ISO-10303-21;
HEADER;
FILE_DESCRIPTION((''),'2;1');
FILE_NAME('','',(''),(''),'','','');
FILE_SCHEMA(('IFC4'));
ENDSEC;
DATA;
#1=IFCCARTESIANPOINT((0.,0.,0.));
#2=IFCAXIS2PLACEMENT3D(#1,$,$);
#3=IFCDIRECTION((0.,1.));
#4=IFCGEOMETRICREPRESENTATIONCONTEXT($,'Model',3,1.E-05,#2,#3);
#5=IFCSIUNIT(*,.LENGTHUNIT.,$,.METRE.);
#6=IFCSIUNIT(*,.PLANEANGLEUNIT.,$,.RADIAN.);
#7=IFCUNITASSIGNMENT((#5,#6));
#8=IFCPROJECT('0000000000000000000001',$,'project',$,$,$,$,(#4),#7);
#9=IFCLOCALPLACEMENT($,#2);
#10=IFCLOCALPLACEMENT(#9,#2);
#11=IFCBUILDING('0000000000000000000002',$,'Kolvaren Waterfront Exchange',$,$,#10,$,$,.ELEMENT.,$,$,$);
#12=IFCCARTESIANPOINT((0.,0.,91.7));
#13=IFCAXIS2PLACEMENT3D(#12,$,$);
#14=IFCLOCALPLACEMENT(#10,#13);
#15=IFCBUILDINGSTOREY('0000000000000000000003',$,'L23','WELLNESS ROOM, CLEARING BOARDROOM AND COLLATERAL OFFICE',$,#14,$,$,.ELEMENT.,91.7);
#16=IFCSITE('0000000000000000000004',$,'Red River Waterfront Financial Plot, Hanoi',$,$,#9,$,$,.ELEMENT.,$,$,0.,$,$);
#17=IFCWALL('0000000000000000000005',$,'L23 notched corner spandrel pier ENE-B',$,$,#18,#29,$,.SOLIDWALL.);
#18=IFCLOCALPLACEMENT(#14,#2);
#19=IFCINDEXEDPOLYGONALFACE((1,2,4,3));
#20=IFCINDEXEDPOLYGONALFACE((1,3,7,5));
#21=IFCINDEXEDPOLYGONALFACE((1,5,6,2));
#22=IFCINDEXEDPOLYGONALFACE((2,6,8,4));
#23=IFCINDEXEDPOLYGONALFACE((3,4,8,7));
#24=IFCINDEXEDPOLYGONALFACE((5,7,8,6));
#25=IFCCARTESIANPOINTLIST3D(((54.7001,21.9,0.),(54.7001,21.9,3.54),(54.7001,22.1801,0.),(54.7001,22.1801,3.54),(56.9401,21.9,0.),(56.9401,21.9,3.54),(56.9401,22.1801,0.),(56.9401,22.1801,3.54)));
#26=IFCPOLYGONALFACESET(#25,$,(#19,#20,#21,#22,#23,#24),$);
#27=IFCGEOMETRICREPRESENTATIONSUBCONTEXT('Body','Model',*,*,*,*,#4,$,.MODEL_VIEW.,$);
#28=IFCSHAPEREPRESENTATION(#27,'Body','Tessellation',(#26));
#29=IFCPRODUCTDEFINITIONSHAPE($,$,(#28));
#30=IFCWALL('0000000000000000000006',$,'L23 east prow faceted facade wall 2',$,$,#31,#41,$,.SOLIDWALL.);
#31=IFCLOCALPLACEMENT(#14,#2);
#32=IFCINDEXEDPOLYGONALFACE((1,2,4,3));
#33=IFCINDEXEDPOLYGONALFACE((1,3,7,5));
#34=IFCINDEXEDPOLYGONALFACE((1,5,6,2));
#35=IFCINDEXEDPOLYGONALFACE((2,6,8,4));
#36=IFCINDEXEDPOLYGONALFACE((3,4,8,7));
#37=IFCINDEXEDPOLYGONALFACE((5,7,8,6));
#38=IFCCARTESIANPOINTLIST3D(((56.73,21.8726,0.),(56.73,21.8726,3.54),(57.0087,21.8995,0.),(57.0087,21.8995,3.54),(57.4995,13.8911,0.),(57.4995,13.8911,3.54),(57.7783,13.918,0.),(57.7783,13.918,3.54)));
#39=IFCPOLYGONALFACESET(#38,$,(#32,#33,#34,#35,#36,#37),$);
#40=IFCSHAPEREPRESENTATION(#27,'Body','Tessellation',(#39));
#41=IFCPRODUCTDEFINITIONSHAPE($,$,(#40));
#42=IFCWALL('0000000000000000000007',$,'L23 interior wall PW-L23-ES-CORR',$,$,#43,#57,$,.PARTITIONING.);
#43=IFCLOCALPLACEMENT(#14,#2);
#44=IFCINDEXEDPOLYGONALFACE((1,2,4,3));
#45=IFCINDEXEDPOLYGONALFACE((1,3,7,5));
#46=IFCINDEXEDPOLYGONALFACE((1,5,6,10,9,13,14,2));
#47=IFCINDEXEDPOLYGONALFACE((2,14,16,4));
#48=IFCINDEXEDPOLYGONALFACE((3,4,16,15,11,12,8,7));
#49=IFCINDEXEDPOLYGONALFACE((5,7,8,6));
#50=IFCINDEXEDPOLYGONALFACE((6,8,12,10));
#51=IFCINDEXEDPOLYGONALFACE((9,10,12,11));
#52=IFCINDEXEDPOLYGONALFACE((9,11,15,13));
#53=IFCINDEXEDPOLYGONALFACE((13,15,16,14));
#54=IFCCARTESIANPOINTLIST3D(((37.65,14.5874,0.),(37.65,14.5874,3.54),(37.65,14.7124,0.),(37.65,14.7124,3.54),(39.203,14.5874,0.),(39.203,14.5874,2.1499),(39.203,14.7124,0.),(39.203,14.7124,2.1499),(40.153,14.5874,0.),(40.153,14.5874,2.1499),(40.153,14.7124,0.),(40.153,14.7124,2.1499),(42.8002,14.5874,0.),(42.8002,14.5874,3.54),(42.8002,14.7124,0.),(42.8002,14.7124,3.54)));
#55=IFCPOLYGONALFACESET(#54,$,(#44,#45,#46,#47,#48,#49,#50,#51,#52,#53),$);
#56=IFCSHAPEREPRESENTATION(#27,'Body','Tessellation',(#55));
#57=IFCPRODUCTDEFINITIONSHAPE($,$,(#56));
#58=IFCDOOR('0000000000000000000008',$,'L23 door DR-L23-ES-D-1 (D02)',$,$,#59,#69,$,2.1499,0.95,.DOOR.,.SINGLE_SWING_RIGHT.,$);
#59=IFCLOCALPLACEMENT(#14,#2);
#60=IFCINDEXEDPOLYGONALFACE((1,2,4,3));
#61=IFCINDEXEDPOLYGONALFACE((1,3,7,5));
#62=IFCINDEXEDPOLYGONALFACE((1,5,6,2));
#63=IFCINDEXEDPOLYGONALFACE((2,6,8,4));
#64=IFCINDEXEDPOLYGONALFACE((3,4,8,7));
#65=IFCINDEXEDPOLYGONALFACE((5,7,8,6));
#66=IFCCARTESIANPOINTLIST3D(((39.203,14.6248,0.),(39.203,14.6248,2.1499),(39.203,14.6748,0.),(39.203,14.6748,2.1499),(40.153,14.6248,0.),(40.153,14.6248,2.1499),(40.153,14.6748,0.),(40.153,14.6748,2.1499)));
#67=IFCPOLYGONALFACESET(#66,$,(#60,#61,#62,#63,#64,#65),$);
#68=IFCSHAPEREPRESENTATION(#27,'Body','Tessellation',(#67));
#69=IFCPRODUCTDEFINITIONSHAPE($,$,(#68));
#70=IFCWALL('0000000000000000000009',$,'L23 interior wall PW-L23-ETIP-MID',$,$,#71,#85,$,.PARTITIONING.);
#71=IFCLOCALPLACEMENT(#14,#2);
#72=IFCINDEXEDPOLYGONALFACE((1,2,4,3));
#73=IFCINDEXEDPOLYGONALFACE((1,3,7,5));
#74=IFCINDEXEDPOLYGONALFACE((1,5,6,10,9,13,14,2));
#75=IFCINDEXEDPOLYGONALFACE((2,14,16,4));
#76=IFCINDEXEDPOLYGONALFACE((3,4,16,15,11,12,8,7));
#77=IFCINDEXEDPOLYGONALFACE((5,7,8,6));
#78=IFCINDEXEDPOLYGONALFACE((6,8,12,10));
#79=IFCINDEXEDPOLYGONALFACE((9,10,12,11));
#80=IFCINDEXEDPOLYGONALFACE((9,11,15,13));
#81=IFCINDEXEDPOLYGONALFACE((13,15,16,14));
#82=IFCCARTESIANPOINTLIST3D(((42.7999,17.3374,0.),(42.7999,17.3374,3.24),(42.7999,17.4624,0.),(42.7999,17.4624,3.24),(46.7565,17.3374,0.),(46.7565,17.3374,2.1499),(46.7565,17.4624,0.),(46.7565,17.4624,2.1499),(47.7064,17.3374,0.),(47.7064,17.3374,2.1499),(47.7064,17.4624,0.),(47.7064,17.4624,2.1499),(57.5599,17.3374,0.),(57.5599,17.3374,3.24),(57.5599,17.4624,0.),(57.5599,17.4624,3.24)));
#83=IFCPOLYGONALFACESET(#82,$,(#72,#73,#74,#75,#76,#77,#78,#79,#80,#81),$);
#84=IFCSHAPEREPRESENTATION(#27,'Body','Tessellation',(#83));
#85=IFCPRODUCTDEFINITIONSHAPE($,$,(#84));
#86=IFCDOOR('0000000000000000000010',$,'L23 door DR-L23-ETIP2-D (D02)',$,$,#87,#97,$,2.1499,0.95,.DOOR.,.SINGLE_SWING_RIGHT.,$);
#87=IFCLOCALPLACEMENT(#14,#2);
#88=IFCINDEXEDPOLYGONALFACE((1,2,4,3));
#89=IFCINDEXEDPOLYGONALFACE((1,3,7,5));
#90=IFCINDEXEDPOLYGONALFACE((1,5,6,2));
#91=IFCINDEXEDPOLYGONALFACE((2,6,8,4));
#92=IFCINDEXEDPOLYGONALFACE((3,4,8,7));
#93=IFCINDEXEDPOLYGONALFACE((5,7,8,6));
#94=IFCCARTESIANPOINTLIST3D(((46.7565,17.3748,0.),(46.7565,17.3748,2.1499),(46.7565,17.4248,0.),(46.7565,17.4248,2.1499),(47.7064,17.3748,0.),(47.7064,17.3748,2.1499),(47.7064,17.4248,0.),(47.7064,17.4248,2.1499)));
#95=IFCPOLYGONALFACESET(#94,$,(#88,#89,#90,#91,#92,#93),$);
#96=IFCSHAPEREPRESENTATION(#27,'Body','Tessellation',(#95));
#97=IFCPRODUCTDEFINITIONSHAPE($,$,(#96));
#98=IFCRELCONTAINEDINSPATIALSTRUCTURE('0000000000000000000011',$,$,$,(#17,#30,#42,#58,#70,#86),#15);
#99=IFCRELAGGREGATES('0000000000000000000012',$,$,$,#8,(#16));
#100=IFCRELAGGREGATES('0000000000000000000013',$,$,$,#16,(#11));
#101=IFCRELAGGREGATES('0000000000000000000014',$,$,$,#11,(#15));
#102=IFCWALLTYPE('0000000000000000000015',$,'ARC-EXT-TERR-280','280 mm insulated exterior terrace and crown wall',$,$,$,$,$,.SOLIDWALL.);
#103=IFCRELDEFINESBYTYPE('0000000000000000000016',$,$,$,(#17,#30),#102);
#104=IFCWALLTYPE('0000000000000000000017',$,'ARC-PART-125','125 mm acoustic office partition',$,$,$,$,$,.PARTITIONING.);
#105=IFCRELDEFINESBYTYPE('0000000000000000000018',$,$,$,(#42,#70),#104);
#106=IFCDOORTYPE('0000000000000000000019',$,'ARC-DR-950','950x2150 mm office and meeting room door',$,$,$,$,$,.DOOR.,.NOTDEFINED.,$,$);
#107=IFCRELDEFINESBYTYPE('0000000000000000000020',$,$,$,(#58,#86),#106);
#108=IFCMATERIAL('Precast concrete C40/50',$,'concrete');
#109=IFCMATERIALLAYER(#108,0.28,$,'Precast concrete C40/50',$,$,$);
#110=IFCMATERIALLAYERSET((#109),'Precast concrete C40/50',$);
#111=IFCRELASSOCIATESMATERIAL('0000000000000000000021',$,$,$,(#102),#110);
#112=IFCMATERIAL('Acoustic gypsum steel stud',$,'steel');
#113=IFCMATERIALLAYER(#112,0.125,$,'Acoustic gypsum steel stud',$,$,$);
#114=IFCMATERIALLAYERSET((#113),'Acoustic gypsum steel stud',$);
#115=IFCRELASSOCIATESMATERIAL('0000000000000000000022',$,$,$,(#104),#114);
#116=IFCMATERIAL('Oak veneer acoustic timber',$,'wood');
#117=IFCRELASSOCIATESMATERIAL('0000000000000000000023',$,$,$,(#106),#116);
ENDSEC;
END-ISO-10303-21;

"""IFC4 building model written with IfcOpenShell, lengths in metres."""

from ifc_helpers import new_model, si_unit, direction, frame, frame_2d, origin, place, context, subcontext, project, spatial, rectangle, extrude, material, layer, layer_set, type_object, element, fill, save


model = new_model("IFC4")

# Units and contexts
model_context = context("Model", 3, precision=1e-05, world=origin(), true_north=direction((0.0, 1.0)))
body_context = subcontext(model_context, "Body", "Model", "MODEL_VIEW")
ifc_project = project(units=[si_unit("LENGTHUNIT", "METRE"), si_unit("PLANEANGLEUNIT", "RADIAN")], contexts=[model_context])

# Site, building, storey
site_placement = place(None, origin())
site = spatial("IfcSite", under=ifc_project, at=site_placement, Name="Red River Waterfront Financial Plot, Hanoi", CompositionType="ELEMENT", RefElevation=0.0)
building_placement = place(site_placement, origin())
building = spatial("IfcBuilding", under=site, at=building_placement, Name="Kolvaren Waterfront Exchange", CompositionType="ELEMENT")
storey_placement = place(building_placement, frame((0.0, 0.0, 91.7)))
storey = spatial("IfcBuildingStorey", under=building, at=storey_placement, Name="L23", Description="WELLNESS ROOM, CLEARING BOARDROOM AND COLLATERAL OFFICE", CompositionType="ELEMENT", Elevation=91.7)

# Walls
ifc_material_1 = material(Name="Precast concrete C40/50", Category="concrete")
ifc_layer_1 = layer(ifc_material_1, 0.28, Name="Precast concrete C40/50")
ifc_layer_set_1 = layer_set([ifc_layer_1], Name="Precast concrete C40/50")
wall_type_1 = type_object("IfcWallType", Name="ARC-EXT-TERR-280", Description="280 mm insulated exterior terrace and crown wall", PredefinedType="SOLIDWALL", material=ifc_layer_set_1)
wall_1_placement = place(storey_placement, frame((54.7, 22.04, 0.0), z_axis=(0.0, 0.0, 1.0), x_axis=(1.0, 0.0, 0.0)))
element("IfcWall", 1, at=wall_1_placement, inside=storey, type_object=wall_type_1, Name="L23 notched corner spandrel pier ENE-B", PredefinedType="SOLIDWALL", context=body_context, shape_type="SweptSolid", body=[
    extrude(rectangle(XDim=2.24, YDim=0.28, at=frame_2d((1.1201, 0.0))), origin(), (0.0, 0.0, 1.0), 3.54),
])
wall_2_placement = place(storey_placement, frame((57.6389, 13.9045, 0.0), z_axis=(0.0, 0.0, 1.0), x_axis=(-0.09597, 0.995384, 0.0)))
element("IfcWall", 2, at=wall_2_placement, inside=storey, type_object=wall_type_1, Name="L23 east prow faceted facade wall 2", PredefinedType="SOLIDWALL", context=body_context, shape_type="SweptSolid", body=[
    extrude(rectangle(XDim=8.0186, YDim=0.28, at=frame_2d((4.0093, 0.0))), origin(), (0.0, 0.0, 1.0), 3.54),
])

# Walls, openings, doors
ifc_material_2 = material(Name="Acoustic gypsum steel stud", Category="steel")
ifc_layer_2 = layer(ifc_material_2, 0.125, Name="Acoustic gypsum steel stud")
ifc_layer_set_2 = layer_set([ifc_layer_2], Name="Acoustic gypsum steel stud")
wall_type_2 = type_object("IfcWallType", Name="ARC-PART-125", Description="125 mm acoustic office partition", PredefinedType="PARTITIONING", material=ifc_layer_set_2)
wall_3_placement = place(storey_placement, frame((37.6499, 14.6499, 0.0), z_axis=(0.0, 0.0, 1.0), x_axis=(1.0, 0.0, 0.0)))
wall_3 = element("IfcWall", 3, at=wall_3_placement, inside=storey, type_object=wall_type_2, Name="L23 interior wall PW-L23-ES-CORR", PredefinedType="PARTITIONING", context=body_context, shape_type="SweptSolid", body=[
    extrude(rectangle(XDim=5.1501, YDim=0.125, at=frame_2d((2.5752, 0.0))), origin(), (0.0, 0.0, 1.0), 3.54),
])
opening_1_placement = place(wall_3_placement, frame((1.553, 0.0, 0.0)))
opening_1 = element("IfcOpeningElement", 4, at=opening_1_placement, cuts=wall_3, PredefinedType="OPENING", context=body_context, shape_type="SweptSolid", body=[
    extrude(rectangle(XDim=0.95, YDim=2.1499, at=frame_2d((0.4751, 1.075))), frame((0.0, 0.0725, 0.0), z_axis=(0.0, -1.0, 0.0), x_axis=(1.0, 0.0, 0.0)), (0.0, 0.0, 1.0), 0.145),
])
ifc_material_3 = material(Name="Oak veneer acoustic timber", Category="wood")
door_type = type_object("IfcDoorType", Name="ARC-DR-950", Description="950x2150 mm office and meeting room door", OperationType="NOTDEFINED", PredefinedType="DOOR", material=ifc_material_3)
door_1_placement = place(opening_1_placement, origin())
door_1 = element("IfcDoor", 5, at=door_1_placement, inside=storey, type_object=door_type, Name="L23 door DR-L23-ES-D-1 (D02)", OperationType="SINGLE_SWING_RIGHT", OverallHeight=2.1499, OverallWidth=0.95, PredefinedType="DOOR", context=body_context, shape_type="SweptSolid", body=[
    extrude(rectangle(XDim=0.95, YDim=2.1499, at=frame_2d((0.4751, 1.075))), frame((0.0, 0.0249, 0.0), z_axis=(0.0, -1.0, 0.0), x_axis=(1.0, 0.0, 0.0)), (0.0, 0.0, 1.0), 0.05),
])
fill(opening_1, door_1)
wall_4_placement = place(storey_placement, frame((42.8, 17.3999, 0.0), z_axis=(0.0, 0.0, 1.0), x_axis=(1.0, 0.0, 0.0)))
wall_4 = element("IfcWall", 6, at=wall_4_placement, inside=storey, type_object=wall_type_2, Name="L23 interior wall PW-L23-ETIP-MID", PredefinedType="PARTITIONING", context=body_context, shape_type="SweptSolid", body=[
    extrude(rectangle(XDim=14.76, YDim=0.125, at=frame_2d((7.3799, 0.0))), origin(), (0.0, 0.0, 1.0), 3.24),
])
opening_2_placement = place(wall_4_placement, frame((3.9563, 0.0, 0.0)))
opening_2 = element("IfcOpeningElement", 7, at=opening_2_placement, cuts=wall_4, PredefinedType="OPENING", context=body_context, shape_type="SweptSolid", body=[
    extrude(rectangle(XDim=0.95, YDim=2.1499, at=frame_2d((0.4751, 1.075))), frame((0.0, 0.0725, 0.0), z_axis=(0.0, -1.0, 0.0), x_axis=(1.0, 0.0, 0.0)), (0.0, 0.0, 1.0), 0.145),
])
door_2_placement = place(opening_2_placement, origin())
door_2 = element("IfcDoor", 8, at=door_2_placement, inside=storey, type_object=door_type, Name="L23 door DR-L23-ETIP2-D (D02)", OperationType="SINGLE_SWING_RIGHT", OverallHeight=2.1499, OverallWidth=0.95, PredefinedType="DOOR", context=body_context, shape_type="SweptSolid", body=[
    extrude(rectangle(XDim=0.95, YDim=2.1499, at=frame_2d((0.4751, 1.075))), frame((0.0, 0.0249, 0.0), z_axis=(0.0, -1.0, 0.0), x_axis=(1.0, 0.0, 0.0)), (0.0, 0.0, 1.0), 0.05),
])
fill(opening_2, door_2)

save(model, "model.ifc")
